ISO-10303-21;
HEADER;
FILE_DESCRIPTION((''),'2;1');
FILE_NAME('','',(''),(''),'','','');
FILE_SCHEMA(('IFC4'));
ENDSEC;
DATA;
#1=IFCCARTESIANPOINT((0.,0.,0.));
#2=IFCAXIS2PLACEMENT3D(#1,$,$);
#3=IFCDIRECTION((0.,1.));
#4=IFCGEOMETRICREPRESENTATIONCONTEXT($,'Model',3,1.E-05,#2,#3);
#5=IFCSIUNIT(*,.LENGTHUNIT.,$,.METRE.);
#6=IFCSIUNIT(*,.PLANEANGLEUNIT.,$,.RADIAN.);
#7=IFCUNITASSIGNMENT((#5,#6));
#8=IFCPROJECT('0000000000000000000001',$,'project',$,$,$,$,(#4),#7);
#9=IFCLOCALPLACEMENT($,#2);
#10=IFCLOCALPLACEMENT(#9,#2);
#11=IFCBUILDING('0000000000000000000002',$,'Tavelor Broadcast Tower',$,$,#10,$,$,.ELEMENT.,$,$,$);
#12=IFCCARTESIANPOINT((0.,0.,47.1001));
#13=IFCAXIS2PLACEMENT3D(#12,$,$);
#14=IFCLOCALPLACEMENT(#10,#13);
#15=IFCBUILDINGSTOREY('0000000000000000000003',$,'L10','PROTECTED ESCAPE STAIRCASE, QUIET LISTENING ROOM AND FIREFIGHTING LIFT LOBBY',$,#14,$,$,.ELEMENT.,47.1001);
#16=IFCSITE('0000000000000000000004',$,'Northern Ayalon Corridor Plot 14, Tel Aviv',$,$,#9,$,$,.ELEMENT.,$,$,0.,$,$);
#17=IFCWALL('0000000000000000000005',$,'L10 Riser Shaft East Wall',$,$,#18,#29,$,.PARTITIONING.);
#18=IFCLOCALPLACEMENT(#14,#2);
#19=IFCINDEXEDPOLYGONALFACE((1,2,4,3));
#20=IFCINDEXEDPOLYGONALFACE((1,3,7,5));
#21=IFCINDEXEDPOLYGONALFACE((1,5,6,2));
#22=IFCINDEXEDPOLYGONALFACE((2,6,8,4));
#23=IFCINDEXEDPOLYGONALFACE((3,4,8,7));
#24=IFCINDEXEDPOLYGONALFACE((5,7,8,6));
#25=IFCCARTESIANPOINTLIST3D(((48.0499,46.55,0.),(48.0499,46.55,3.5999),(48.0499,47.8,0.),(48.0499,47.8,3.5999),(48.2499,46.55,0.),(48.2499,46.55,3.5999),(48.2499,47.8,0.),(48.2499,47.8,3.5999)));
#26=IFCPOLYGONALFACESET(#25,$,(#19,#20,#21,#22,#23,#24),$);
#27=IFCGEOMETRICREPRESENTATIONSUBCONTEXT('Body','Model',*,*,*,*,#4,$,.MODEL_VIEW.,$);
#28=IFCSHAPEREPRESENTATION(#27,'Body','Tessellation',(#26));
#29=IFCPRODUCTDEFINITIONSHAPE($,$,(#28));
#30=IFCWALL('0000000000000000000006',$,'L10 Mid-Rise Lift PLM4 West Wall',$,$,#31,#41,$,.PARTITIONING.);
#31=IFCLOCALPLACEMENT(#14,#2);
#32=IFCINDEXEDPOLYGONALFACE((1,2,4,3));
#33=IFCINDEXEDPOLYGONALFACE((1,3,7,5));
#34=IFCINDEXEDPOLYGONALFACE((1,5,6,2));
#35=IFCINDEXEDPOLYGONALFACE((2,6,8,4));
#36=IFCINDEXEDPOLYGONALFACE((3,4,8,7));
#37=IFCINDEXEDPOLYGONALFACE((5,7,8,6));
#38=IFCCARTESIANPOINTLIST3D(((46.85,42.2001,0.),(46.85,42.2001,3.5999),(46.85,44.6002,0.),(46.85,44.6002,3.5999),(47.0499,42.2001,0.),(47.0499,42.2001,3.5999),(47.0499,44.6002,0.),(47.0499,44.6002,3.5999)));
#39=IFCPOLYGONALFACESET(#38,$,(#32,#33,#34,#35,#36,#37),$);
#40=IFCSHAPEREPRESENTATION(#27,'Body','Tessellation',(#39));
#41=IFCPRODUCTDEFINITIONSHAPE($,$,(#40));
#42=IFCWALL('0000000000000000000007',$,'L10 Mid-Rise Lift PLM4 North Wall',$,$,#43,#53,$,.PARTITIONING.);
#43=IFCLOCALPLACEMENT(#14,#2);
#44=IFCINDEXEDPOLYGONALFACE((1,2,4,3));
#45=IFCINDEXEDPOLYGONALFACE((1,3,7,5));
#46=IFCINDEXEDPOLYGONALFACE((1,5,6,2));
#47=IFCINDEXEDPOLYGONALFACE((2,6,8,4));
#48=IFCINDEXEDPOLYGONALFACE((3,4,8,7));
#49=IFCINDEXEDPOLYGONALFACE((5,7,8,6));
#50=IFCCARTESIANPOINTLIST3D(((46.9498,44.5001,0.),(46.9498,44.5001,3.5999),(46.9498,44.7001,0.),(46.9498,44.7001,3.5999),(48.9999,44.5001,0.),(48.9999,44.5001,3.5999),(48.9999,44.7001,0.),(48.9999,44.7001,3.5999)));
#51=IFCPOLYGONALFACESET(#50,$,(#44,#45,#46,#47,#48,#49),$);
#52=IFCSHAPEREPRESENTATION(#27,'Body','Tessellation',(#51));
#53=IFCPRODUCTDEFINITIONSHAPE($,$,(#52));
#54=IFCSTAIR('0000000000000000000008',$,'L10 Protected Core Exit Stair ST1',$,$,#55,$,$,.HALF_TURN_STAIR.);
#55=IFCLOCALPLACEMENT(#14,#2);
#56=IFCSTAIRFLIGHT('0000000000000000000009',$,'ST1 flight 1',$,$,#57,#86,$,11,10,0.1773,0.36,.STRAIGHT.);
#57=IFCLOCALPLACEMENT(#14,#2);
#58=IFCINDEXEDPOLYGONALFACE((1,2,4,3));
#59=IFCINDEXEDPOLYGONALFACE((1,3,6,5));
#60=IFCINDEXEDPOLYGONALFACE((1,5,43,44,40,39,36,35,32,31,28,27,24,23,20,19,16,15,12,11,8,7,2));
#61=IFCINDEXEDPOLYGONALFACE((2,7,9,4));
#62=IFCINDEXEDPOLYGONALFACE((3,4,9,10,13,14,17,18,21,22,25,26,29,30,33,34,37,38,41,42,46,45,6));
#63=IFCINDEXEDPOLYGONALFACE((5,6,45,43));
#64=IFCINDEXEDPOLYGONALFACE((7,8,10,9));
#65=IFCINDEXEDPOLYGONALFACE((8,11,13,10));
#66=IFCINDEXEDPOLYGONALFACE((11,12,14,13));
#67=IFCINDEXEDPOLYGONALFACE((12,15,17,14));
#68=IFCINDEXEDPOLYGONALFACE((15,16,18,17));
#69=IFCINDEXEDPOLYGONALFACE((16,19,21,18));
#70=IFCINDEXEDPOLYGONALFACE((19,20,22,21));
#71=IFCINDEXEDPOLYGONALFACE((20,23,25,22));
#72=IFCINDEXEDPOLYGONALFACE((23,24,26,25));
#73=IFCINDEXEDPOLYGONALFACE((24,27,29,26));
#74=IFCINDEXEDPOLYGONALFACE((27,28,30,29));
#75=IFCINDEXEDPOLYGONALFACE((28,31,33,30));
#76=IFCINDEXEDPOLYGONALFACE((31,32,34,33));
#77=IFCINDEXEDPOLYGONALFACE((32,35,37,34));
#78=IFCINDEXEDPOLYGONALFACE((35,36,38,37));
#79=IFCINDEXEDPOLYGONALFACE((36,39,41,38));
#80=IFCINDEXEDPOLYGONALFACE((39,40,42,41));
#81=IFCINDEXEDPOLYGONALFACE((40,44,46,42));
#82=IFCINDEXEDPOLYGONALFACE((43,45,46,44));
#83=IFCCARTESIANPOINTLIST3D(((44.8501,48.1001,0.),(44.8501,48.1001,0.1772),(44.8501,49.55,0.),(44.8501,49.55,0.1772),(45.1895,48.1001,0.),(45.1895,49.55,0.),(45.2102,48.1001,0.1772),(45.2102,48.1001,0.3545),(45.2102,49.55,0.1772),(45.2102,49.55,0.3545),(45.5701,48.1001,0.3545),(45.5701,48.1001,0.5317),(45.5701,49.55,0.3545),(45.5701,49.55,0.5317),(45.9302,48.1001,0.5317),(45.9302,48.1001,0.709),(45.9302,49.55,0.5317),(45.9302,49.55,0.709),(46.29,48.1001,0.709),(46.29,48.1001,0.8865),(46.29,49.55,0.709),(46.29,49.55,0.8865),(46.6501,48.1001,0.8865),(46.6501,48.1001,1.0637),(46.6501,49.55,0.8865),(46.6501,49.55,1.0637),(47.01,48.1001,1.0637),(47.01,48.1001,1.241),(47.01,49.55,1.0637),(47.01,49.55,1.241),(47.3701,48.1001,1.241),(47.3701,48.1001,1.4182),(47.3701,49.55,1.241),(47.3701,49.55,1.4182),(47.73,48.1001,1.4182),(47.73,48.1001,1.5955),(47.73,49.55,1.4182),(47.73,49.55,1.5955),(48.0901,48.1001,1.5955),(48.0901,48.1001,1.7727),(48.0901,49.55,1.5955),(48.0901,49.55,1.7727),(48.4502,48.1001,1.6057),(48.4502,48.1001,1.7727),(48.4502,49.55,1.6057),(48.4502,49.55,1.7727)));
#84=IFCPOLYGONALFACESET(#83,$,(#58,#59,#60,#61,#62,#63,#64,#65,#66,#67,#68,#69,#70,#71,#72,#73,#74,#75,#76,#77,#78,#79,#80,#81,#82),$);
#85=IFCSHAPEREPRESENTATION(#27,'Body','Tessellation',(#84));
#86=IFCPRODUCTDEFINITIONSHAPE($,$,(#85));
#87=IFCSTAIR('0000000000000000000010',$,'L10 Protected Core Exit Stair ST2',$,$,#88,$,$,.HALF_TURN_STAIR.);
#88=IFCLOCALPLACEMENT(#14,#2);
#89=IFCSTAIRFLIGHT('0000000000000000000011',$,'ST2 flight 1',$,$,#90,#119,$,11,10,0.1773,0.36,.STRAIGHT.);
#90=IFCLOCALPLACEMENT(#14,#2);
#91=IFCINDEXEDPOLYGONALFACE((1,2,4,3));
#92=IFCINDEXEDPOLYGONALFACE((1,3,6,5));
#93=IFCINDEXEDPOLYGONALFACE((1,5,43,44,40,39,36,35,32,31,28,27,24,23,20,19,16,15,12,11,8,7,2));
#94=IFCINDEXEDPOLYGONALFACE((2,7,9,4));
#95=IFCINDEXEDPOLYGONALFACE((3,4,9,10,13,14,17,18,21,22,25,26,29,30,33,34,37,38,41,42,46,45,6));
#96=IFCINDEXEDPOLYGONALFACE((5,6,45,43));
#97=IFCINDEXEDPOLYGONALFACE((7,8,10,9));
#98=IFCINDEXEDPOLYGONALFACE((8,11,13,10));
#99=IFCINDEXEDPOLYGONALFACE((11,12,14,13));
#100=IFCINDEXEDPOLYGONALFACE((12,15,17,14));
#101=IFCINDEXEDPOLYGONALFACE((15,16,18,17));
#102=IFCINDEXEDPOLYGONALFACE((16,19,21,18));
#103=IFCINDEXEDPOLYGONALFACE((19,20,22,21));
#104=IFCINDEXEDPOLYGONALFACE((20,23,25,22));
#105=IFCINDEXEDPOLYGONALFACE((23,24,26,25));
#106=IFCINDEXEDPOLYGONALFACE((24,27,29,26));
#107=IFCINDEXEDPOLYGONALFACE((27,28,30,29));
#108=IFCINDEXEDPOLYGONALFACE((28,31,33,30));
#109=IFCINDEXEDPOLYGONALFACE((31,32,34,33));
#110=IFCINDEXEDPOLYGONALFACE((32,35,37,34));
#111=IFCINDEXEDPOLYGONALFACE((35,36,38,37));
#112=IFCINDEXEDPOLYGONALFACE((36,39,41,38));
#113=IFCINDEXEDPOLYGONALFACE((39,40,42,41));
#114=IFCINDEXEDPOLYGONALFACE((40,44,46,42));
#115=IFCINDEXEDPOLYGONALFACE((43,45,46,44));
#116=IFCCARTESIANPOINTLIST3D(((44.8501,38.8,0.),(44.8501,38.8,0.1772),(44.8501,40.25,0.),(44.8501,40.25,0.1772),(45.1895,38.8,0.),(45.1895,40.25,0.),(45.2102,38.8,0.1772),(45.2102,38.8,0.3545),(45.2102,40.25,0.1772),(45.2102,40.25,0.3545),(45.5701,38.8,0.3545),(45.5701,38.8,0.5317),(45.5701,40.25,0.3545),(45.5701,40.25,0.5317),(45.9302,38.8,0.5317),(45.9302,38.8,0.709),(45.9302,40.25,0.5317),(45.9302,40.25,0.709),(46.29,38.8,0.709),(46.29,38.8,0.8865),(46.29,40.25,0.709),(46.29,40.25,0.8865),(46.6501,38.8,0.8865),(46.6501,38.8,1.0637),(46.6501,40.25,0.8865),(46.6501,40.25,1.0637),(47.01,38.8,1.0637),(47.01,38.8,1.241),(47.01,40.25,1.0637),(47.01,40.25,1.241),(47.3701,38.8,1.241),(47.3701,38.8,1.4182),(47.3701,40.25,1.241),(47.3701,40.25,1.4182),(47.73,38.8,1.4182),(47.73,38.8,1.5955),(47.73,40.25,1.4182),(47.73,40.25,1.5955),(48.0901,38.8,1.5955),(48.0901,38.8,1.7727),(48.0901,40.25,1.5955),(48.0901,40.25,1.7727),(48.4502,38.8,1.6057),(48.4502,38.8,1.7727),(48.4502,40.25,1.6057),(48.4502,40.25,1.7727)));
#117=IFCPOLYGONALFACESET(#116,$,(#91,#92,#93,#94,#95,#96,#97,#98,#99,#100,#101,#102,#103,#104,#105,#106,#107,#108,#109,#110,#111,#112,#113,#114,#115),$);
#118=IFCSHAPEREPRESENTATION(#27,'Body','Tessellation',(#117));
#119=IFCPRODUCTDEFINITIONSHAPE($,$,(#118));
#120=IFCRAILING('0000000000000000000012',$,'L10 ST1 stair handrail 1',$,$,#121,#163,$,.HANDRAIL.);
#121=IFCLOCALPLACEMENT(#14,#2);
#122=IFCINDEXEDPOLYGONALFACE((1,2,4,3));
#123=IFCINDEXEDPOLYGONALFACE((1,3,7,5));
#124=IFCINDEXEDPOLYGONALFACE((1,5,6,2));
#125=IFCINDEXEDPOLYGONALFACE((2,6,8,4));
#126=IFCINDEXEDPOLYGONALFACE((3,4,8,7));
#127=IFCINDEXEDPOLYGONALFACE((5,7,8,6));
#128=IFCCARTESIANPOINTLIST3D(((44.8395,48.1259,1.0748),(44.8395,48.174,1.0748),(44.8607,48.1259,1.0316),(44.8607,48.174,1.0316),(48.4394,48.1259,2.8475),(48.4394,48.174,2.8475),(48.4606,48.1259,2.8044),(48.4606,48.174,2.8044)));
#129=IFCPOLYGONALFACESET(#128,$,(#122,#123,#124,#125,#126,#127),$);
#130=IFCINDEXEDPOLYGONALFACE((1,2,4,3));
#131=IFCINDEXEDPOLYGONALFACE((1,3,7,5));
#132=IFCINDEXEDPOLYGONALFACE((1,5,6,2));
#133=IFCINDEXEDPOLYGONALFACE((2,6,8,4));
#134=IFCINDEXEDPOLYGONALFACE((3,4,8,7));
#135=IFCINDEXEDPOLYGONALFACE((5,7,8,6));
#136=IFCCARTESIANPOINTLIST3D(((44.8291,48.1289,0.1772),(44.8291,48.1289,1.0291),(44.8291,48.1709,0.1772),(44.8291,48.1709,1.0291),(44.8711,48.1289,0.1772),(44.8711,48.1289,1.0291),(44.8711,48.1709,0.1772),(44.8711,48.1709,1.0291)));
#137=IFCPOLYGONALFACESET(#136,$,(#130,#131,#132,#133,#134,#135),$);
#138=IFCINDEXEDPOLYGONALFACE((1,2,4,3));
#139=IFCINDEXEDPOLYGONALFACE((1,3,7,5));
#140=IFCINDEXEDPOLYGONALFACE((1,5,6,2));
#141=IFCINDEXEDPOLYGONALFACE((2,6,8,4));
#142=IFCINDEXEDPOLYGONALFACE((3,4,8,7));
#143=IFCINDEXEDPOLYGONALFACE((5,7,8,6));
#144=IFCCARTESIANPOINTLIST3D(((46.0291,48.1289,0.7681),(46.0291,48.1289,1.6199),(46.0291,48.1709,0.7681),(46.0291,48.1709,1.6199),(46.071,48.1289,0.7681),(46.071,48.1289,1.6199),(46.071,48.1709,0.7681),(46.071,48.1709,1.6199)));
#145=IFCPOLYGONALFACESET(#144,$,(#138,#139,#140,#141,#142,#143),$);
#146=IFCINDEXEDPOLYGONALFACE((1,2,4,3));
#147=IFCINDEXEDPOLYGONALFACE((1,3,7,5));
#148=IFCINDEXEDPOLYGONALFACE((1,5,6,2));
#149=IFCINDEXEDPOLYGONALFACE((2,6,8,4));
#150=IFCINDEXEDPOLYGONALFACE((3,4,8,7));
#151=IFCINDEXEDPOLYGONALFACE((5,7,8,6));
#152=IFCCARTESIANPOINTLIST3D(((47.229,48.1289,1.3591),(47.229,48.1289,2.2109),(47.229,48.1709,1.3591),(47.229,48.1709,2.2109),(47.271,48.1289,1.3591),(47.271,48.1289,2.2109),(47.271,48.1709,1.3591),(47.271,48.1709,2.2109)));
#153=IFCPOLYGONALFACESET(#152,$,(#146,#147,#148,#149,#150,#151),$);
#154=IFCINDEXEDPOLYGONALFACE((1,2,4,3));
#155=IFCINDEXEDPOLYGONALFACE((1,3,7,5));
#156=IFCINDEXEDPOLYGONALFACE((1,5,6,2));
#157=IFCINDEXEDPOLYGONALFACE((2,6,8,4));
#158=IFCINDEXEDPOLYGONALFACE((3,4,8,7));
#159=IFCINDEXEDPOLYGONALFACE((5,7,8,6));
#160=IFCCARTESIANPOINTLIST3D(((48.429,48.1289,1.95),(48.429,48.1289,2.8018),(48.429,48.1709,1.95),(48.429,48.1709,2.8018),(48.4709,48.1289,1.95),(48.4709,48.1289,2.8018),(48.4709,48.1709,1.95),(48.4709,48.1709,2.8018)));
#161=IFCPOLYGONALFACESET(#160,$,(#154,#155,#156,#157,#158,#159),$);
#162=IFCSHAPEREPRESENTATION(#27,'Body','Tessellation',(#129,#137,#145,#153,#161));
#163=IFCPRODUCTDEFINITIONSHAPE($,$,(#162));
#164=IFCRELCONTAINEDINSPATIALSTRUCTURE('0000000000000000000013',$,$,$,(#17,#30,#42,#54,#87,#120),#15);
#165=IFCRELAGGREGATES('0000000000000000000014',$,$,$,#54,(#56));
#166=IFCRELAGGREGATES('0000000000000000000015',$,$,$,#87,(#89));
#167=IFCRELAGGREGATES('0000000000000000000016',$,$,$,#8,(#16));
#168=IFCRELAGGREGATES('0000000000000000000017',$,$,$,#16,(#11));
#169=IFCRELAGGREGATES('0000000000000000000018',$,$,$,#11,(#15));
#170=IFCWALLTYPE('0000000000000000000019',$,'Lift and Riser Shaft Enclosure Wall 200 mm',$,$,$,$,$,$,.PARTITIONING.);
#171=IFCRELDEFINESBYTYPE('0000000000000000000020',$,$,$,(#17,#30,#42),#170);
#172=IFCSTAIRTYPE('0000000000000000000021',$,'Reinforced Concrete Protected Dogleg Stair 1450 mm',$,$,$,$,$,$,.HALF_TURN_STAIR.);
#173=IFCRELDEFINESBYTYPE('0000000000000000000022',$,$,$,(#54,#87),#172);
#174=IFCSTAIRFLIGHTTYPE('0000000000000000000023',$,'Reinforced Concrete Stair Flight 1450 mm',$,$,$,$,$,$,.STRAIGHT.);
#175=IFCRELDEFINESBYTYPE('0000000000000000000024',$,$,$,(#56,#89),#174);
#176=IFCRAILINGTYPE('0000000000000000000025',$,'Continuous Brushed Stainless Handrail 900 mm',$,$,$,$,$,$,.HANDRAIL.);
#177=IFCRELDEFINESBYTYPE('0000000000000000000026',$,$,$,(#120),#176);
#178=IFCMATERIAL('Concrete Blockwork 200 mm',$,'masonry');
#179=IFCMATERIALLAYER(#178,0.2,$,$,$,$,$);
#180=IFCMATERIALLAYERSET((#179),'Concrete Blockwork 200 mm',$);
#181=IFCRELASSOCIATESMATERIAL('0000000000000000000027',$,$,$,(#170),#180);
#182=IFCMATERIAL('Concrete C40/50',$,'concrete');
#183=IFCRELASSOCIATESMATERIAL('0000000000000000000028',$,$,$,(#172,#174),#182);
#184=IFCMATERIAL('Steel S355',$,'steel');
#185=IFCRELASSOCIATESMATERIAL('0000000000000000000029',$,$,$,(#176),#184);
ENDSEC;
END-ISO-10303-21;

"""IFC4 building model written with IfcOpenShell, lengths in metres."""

from ifc_helpers import new_model, si_unit, direction, frame, frame_2d, origin, origin_2d, place, context, subcontext, project, spatial, polyline, rectangle, outline, extrude, material, layer, layer_set, type_object, element, aggregate, save


model = new_model("IFC4")

# Units and contexts
model_context = context("Model", 3, precision=1e-05, world=origin(), true_north=direction((0.0, 1.0)))
body_context = subcontext(model_context, "Body", "Model", "MODEL_VIEW")
ifc_project = project(units=[si_unit("LENGTHUNIT", "METRE"), si_unit("PLANEANGLEUNIT", "RADIAN")], contexts=[model_context])

# Site, building, storey
site_placement = place(None, origin())
site = spatial("IfcSite", under=ifc_project, at=site_placement, Name="Northern Ayalon Corridor Plot 14, Tel Aviv", CompositionType="ELEMENT", RefElevation=0.0)
building_placement = place(site_placement, origin())
building = spatial("IfcBuilding", under=site, at=building_placement, Name="Tavelor Broadcast Tower", CompositionType="ELEMENT")
storey_placement = place(building_placement, frame((0.0, 0.0, 47.1001)))
storey = spatial("IfcBuildingStorey", under=building, at=storey_placement, Name="L10", Description="PROTECTED ESCAPE STAIRCASE, QUIET LISTENING ROOM AND FIREFIGHTING LIFT LOBBY", CompositionType="ELEMENT", Elevation=47.1001)

# Shared definitions
ifc_material_1 = material(Name="Concrete C40/50", Category="concrete")
ifc_material_2 = material(Name="Steel S355", Category="steel")

# Walls
ifc_material_3 = material(Name="Concrete Blockwork 200 mm", Category="masonry")
ifc_layer_1 = layer(ifc_material_3, 0.2)
ifc_layer_set_1 = layer_set([ifc_layer_1], Name="Concrete Blockwork 200 mm")
wall_type_1 = type_object("IfcWallType", Name="Lift and Riser Shaft Enclosure Wall 200 mm", PredefinedType="PARTITIONING", material=ifc_layer_set_1)
wall_1_placement = place(storey_placement, frame((48.1499, 46.55, 0.0), z_axis=(0.0, 0.0, 1.0), x_axis=(0.0, 1.0, 0.0)))
element("IfcWall", 1, at=wall_1_placement, inside=storey, type_object=wall_type_1, Name="L10 Riser Shaft East Wall", PredefinedType="PARTITIONING", context=body_context, shape_type="SweptSolid", body=[
    extrude(rectangle(XDim=1.25, YDim=0.2, at=frame_2d((0.625, 0.0))), origin(), (0.0, 0.0, 1.0), 3.5999),
])
wall_2_placement = place(storey_placement, frame((46.95, 42.2, 0.0), z_axis=(0.0, 0.0, 1.0), x_axis=(0.0, 1.0, 0.0)))
element("IfcWall", 2, at=wall_2_placement, inside=storey, type_object=wall_type_1, Name="L10 Mid-Rise Lift PLM4 West Wall", PredefinedType="PARTITIONING", context=body_context, shape_type="SweptSolid", body=[
    extrude(rectangle(XDim=2.4001, YDim=0.2, at=frame_2d((1.2002, 0.0))), origin(), (0.0, 0.0, 1.0), 3.5999),
])
wall_3_placement = place(storey_placement, frame((46.95, 44.6001, 0.0), z_axis=(0.0, 0.0, 1.0), x_axis=(1.0, 0.0, 0.0)))
element("IfcWall", 3, at=wall_3_placement, inside=storey, type_object=wall_type_1, Name="L10 Mid-Rise Lift PLM4 North Wall", PredefinedType="PARTITIONING", context=body_context, shape_type="SweptSolid", body=[
    extrude(rectangle(XDim=2.05, YDim=0.2, at=frame_2d((1.0249, 0.0))), origin(), (0.0, 0.0, 1.0), 3.5999),
])

# Stairs, stair flights
stair_type = type_object("IfcStairType", Name="Reinforced Concrete Protected Dogleg Stair 1450 mm", PredefinedType="HALF_TURN_STAIR", material=ifc_material_1)
stair_1_placement = place(storey_placement, origin())
stair_1 = element("IfcStair", 4, at=stair_1_placement, inside=storey, type_object=stair_type, Name="L10 Protected Core Exit Stair ST1", PredefinedType="HALF_TURN_STAIR")
stair_flight_type = type_object("IfcStairFlightType", Name="Reinforced Concrete Stair Flight 1450 mm", PredefinedType="STRAIGHT", material=ifc_material_1)
stair_flight_1_placement = place(storey_placement, frame((44.8501, 48.825, 0.0), z_axis=(0.0, 0.0, 1.0), x_axis=(1.0, 0.0, 0.0)))
stair_flight_1 = element("IfcStairFlight", 5, at=stair_flight_1_placement, type_object=stair_flight_type, Name="ST1 flight 1", NumberOfRisers=11, NumberOfTreads=10, PredefinedType="STRAIGHT", RiserHeight=0.1773, TreadLength=0.36, context=body_context, shape_type="SweptSolid", body=[
    extrude(outline(polyline([(0.0, 0.0), (0.0, 0.1772), (0.3601, 0.1772), (0.3601, 0.3545), (0.72, 0.3545), (0.72, 0.5317), (1.0801, 0.5317), (1.0801, 0.709), (1.4399, 0.709), (1.4399, 0.8865), (1.8, 0.8865), (1.8, 1.0637), (2.1599, 1.0637), (2.1599, 1.241), (2.52, 1.241), (2.52, 1.4182), (2.8799, 1.4182), (2.8799, 1.5955), (3.24, 1.5955), (3.24, 1.7727), (3.6001, 1.7727), (3.6001, 1.95), (3.6001, 1.6057), (0.3394, 0.0), (0.0, 0.0)])), frame((0.0, 0.7251, 0.0), z_axis=(0.0, -1.0, 0.0), x_axis=(1.0, 0.0, 0.0)), (0.0, 0.0, 1.0), 1.45),
])
aggregate(stair_1, [stair_flight_1])
stair_2_placement = place(storey_placement, origin())
stair_2 = element("IfcStair", 6, at=stair_2_placement, inside=storey, type_object=stair_type, Name="L10 Protected Core Exit Stair ST2", PredefinedType="HALF_TURN_STAIR")
stair_flight_2_placement = place(storey_placement, frame((44.8501, 39.5249, 0.0), z_axis=(0.0, 0.0, 1.0), x_axis=(1.0, 0.0, 0.0)))
stair_flight_2 = element("IfcStairFlight", 7, at=stair_flight_2_placement, type_object=stair_flight_type, Name="ST2 flight 1", NumberOfRisers=11, NumberOfTreads=10, PredefinedType="STRAIGHT", RiserHeight=0.1773, TreadLength=0.36, context=body_context, shape_type="SweptSolid", body=[
    extrude(outline(polyline([(0.0, 0.0), (0.0, 0.1772), (0.3601, 0.1772), (0.3601, 0.3545), (0.72, 0.3545), (0.72, 0.5317), (1.0801, 0.5317), (1.0801, 0.709), (1.4399, 0.709), (1.4399, 0.8865), (1.8, 0.8865), (1.8, 1.0637), (2.1599, 1.0637), (2.1599, 1.241), (2.52, 1.241), (2.52, 1.4182), (2.8799, 1.4182), (2.8799, 1.5955), (3.24, 1.5955), (3.24, 1.7727), (3.6001, 1.7727), (3.6001, 1.95), (3.6001, 1.6057), (0.3394, 0.0), (0.0, 0.0)])), frame((0.0, 0.7251, 0.0), z_axis=(0.0, -1.0, 0.0), x_axis=(1.0, 0.0, 0.0)), (0.0, 0.0, 1.0), 1.45),
])
aggregate(stair_2, [stair_flight_2])

# Railing
railing_type_1 = type_object("IfcRailingType", Name="Continuous Brushed Stainless Handrail 900 mm", PredefinedType="HANDRAIL", material=ifc_material_2)
railing_1_placement = place(storey_placement, frame((44.8501, 48.1499, 0.1772)))
element("IfcRailing", 8, at=railing_1_placement, inside=storey, type_object=railing_type_1, Name="L10 ST1 stair handrail 1", PredefinedType="HANDRAIL", context=body_context, shape_type="SweptSolid", body=[
    extrude(rectangle(XDim=0.0481, YDim=0.0481, at=origin_2d()), frame((0.0, 0.0, 0.876), z_axis=(0.897124, 0.0, 0.441778), x_axis=(0.0, 1.0, 0.0)), (0.0, 0.0, 1.0), 4.0127),
    extrude(rectangle(XDim=0.042, YDim=0.042, at=origin_2d()), origin(), (0.0, 0.0, 1.0), 0.8518),
    extrude(rectangle(XDim=0.042, YDim=0.042, at=origin_2d()), frame((1.2, 0.0, 0.5908)), (0.0, 0.0, 1.0), 0.8518),
    extrude(rectangle(XDim=0.042, YDim=0.042, at=origin_2d()), frame((2.3999, 0.0, 1.1819)), (0.0, 0.0, 1.0), 0.8518),
    extrude(rectangle(XDim=0.042, YDim=0.042, at=origin_2d()), frame((3.5999, 0.0, 1.7727)), (0.0, 0.0, 1.0), 0.8518),
])

save(model, "model.ifc")
